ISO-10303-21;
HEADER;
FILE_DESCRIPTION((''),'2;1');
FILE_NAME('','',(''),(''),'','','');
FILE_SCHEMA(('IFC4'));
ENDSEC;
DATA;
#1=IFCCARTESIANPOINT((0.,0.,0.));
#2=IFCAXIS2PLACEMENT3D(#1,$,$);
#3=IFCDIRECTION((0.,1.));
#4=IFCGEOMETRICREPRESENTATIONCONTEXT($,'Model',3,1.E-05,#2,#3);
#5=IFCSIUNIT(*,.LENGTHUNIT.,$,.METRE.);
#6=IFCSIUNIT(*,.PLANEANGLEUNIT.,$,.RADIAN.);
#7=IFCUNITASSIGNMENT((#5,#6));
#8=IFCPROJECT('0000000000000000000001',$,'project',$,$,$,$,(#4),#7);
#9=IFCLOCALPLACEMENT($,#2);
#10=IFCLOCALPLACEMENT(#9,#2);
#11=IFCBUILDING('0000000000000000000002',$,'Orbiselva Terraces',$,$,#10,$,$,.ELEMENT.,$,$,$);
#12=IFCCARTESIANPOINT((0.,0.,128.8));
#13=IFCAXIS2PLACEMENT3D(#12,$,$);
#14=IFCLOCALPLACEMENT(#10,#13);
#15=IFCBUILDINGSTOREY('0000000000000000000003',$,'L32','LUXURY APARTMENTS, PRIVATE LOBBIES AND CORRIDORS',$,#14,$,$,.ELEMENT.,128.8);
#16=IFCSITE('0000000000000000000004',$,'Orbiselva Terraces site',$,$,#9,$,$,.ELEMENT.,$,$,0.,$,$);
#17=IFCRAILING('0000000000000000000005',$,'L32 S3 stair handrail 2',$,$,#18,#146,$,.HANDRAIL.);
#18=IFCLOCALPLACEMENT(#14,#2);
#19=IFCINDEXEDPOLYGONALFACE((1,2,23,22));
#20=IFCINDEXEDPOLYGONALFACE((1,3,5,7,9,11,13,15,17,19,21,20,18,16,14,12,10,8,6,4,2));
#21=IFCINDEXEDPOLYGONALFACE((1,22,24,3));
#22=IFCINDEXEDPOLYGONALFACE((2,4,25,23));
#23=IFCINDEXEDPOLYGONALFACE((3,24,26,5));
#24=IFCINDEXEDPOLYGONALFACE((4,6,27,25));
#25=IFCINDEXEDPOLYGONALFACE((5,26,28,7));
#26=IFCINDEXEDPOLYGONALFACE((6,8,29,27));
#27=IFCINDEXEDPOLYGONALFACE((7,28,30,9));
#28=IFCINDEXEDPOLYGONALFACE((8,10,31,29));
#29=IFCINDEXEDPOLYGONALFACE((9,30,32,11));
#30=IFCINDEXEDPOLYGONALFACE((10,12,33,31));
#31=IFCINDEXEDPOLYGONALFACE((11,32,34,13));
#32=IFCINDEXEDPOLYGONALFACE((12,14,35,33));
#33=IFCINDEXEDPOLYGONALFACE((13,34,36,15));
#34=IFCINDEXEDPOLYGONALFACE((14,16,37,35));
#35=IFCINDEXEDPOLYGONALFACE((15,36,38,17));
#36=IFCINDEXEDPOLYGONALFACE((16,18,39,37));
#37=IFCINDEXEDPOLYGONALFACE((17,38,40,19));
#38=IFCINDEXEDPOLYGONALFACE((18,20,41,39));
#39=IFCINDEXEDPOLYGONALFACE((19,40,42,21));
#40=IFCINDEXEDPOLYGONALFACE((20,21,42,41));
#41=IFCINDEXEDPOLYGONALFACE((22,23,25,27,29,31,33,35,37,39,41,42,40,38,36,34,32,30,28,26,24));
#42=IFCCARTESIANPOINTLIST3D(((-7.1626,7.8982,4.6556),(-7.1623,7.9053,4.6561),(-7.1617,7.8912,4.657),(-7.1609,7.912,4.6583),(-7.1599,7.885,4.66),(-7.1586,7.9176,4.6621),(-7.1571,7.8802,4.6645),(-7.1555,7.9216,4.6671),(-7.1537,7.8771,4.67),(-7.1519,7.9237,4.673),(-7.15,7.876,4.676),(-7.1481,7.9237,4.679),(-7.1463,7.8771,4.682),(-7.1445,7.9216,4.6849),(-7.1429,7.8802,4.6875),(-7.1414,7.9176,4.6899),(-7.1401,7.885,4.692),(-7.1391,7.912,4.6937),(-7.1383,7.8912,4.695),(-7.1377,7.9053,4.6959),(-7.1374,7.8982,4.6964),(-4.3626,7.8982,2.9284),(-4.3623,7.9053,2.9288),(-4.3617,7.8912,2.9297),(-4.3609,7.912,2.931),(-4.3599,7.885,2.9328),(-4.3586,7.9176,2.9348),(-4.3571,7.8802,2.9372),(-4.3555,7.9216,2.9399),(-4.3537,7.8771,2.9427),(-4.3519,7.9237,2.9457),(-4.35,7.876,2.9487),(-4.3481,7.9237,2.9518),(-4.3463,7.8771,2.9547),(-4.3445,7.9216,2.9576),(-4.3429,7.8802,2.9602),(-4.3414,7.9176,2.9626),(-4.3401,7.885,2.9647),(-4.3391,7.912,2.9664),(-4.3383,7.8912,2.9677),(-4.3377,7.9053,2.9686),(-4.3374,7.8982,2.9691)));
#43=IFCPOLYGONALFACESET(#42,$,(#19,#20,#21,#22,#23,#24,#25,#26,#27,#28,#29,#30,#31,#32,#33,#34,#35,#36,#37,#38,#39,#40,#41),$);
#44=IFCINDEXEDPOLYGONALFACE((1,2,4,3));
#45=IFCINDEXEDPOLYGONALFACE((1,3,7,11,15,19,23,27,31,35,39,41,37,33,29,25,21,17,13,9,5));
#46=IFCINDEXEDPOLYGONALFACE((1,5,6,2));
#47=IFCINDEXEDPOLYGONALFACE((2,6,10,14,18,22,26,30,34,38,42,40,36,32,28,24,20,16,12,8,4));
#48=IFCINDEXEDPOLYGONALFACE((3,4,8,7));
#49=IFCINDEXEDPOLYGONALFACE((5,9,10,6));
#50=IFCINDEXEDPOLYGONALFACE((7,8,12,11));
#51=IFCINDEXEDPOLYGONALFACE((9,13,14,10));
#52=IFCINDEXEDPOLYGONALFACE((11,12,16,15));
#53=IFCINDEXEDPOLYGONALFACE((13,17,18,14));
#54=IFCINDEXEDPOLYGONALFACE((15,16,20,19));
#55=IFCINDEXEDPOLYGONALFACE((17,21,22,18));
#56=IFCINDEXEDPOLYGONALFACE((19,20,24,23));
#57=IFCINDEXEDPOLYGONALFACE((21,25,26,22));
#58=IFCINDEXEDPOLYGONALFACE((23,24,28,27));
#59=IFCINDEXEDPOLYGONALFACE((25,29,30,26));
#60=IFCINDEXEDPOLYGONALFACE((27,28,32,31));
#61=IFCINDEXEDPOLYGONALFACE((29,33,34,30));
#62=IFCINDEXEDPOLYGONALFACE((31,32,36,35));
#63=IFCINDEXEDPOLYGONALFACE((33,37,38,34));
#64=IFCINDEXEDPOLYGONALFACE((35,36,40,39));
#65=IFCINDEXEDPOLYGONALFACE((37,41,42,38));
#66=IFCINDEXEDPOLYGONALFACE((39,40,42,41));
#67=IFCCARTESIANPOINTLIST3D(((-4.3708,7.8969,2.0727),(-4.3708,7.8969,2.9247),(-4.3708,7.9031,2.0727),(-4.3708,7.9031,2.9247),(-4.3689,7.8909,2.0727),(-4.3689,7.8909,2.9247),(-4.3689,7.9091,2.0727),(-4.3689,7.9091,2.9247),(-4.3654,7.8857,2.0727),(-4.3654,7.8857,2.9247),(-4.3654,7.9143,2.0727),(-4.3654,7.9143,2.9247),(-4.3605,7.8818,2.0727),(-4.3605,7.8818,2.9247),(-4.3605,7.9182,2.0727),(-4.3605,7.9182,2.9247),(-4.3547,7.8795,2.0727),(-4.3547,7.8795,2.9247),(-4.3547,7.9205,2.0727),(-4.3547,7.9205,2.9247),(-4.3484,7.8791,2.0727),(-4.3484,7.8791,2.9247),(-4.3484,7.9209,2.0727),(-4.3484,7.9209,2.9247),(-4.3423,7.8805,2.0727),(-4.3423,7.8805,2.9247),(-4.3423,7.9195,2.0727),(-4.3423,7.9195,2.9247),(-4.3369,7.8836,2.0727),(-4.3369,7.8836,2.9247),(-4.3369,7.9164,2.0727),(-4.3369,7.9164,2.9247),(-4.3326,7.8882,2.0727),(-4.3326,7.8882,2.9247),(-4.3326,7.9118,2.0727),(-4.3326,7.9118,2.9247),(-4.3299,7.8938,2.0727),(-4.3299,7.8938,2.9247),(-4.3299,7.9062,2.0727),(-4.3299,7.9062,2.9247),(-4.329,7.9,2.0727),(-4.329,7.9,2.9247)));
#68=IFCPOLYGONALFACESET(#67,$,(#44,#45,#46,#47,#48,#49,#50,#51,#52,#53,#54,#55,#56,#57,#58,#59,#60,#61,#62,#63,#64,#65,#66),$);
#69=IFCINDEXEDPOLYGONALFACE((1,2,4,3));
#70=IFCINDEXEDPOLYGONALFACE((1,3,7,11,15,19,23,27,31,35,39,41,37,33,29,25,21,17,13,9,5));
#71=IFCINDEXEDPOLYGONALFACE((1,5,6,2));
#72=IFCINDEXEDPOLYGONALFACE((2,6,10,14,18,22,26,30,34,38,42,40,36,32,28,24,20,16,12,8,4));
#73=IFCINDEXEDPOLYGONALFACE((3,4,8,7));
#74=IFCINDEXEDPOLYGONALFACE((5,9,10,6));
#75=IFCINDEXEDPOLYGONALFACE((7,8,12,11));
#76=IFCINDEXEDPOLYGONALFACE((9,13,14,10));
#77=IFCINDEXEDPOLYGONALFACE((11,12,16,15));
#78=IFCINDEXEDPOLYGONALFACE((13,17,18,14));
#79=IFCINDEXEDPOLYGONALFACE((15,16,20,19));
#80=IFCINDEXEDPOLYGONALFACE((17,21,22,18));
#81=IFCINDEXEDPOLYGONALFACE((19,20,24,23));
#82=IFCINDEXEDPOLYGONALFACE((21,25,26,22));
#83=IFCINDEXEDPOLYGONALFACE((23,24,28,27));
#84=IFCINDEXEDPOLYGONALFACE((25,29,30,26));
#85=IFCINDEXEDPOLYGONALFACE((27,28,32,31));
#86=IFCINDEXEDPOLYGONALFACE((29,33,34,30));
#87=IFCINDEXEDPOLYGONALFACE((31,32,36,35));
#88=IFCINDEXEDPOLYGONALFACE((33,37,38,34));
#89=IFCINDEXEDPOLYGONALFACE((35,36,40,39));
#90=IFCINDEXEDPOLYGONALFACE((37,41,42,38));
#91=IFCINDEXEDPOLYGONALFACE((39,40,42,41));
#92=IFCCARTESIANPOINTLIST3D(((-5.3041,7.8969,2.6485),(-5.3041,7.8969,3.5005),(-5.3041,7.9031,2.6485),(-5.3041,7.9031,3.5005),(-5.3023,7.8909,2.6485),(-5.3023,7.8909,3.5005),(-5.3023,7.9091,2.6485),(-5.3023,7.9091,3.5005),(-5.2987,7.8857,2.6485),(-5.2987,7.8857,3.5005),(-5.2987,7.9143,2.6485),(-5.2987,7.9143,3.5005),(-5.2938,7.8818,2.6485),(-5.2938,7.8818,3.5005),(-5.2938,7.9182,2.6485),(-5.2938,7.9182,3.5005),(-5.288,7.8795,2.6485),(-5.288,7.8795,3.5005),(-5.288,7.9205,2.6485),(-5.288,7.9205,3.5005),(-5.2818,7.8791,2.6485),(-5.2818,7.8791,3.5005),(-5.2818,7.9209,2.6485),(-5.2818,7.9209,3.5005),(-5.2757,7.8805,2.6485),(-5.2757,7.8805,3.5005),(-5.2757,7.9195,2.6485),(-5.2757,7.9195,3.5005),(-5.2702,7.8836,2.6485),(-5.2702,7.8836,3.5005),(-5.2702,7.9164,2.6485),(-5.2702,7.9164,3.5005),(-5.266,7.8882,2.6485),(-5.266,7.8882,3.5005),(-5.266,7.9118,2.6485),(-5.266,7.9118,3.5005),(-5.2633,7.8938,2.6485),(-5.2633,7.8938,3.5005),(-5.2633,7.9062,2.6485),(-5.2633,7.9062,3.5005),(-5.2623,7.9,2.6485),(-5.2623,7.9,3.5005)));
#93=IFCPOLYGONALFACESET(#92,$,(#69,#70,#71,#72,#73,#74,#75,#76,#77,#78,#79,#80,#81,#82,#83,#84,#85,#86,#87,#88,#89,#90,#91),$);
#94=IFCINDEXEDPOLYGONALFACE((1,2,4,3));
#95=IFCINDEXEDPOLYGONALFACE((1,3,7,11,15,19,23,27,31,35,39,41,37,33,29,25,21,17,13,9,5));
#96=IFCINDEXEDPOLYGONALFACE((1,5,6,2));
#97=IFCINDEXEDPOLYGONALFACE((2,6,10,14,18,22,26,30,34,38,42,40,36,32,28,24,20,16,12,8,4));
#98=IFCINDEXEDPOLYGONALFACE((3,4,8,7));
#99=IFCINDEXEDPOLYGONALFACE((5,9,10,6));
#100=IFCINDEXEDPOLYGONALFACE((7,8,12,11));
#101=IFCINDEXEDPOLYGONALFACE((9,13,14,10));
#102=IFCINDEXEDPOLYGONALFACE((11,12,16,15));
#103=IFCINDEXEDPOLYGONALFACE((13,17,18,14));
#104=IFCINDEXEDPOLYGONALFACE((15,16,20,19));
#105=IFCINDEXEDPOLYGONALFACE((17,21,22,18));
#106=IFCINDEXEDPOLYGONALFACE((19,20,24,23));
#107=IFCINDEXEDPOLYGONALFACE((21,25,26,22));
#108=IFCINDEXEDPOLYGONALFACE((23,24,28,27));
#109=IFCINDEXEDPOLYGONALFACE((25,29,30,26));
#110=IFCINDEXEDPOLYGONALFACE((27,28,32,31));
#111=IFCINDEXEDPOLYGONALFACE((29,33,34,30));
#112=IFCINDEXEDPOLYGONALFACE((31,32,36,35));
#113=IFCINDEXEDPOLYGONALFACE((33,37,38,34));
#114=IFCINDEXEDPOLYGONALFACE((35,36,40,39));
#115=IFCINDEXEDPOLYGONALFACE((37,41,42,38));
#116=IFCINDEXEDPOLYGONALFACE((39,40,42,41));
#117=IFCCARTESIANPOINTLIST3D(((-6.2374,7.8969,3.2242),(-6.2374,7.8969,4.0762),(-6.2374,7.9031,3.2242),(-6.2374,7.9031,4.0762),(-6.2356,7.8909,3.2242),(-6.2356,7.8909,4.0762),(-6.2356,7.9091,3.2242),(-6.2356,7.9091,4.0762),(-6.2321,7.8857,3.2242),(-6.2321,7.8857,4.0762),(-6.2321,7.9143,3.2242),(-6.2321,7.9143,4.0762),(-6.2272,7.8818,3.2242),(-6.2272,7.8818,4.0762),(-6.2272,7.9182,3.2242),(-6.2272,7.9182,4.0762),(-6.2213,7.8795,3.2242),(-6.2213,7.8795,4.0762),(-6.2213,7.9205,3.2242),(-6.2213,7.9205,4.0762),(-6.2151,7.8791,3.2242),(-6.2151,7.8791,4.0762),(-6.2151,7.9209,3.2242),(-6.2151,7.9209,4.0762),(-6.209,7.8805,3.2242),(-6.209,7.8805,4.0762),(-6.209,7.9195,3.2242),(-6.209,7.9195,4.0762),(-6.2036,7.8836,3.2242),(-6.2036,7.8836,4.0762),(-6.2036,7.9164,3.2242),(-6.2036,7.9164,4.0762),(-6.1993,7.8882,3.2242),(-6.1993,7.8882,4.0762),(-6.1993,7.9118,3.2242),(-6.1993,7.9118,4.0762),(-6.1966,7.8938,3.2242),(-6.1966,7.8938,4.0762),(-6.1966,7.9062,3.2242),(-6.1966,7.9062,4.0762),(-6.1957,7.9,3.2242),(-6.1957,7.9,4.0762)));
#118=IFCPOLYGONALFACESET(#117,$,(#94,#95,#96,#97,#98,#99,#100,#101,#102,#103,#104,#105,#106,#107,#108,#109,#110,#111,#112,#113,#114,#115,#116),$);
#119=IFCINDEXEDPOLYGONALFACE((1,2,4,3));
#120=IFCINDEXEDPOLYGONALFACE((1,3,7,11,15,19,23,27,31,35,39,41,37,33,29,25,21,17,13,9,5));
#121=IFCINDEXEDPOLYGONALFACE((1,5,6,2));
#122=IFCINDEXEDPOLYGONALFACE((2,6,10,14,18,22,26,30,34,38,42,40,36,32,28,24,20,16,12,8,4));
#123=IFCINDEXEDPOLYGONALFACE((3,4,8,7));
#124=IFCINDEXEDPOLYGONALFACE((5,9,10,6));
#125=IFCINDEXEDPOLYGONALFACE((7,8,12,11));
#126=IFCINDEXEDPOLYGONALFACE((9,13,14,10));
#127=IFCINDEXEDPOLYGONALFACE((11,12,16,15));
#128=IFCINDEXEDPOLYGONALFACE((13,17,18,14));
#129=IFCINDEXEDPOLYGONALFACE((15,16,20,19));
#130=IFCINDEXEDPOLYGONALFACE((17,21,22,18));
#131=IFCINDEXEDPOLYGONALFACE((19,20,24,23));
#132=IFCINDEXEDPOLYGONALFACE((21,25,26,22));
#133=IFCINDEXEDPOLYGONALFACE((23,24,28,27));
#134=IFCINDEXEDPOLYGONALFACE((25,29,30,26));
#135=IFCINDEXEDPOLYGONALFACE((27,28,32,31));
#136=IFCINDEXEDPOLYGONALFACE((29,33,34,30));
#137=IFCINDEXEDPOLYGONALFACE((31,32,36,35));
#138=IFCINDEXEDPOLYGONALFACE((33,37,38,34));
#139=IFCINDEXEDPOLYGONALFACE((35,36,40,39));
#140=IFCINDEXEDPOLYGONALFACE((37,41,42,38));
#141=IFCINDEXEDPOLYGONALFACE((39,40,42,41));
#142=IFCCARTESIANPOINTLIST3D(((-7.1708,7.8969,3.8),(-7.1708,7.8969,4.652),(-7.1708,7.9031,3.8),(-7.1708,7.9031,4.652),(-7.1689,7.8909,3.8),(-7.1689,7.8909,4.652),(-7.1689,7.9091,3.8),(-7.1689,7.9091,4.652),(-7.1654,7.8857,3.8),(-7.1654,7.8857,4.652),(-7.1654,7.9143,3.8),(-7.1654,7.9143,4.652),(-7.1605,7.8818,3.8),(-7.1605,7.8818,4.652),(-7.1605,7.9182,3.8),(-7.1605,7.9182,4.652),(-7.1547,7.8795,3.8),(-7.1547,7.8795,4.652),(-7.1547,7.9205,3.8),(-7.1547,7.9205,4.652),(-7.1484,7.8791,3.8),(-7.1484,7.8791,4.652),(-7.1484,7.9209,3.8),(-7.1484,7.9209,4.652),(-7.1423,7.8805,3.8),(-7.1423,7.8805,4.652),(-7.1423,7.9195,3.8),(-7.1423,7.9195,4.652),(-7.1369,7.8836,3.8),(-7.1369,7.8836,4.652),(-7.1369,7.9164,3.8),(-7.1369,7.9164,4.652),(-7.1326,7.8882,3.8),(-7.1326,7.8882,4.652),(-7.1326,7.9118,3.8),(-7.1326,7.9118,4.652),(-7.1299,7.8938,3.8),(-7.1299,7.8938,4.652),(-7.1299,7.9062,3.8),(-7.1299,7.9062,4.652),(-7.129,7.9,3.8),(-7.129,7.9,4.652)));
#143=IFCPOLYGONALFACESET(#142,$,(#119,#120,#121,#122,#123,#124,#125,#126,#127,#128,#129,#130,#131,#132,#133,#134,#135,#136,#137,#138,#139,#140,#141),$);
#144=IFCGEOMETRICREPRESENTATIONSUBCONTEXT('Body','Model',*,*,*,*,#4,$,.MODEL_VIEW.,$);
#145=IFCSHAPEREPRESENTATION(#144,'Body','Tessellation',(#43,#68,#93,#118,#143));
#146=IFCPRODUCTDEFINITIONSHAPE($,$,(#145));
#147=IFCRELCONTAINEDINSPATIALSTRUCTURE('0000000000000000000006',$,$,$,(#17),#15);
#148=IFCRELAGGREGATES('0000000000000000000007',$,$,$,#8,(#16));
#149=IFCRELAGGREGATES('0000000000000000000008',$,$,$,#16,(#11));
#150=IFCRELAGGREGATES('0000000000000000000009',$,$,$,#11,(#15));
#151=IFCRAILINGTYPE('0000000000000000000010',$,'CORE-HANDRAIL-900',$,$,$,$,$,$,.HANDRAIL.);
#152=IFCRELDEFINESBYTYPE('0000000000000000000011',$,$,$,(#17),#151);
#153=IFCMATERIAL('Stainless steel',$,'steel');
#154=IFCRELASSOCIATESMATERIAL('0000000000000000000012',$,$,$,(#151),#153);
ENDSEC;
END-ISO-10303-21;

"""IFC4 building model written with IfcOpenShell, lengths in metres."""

from ifc_helpers import new_model, si_unit, direction, frame, origin, origin_2d, place, context, subcontext, project, spatial, circle, extrude, material, type_object, element, save


model = new_model("IFC4")

# Units and contexts
model_context = context("Model", 3, precision=1e-05, world=origin(), true_north=direction((0.0, 1.0)))
body_context = subcontext(model_context, "Body", "Model", "MODEL_VIEW")
ifc_project = project(units=[si_unit("LENGTHUNIT", "METRE"), si_unit("PLANEANGLEUNIT", "RADIAN")], contexts=[model_context])

# Site, building, storey
site_placement = place(None, origin())
site = spatial("IfcSite", under=ifc_project, at=site_placement, Name="Orbiselva Terraces site", CompositionType="ELEMENT", RefElevation=0.0)
building_placement = place(site_placement, origin())
building = spatial("IfcBuilding", under=site, at=building_placement, Name="Orbiselva Terraces", CompositionType="ELEMENT")
storey_placement = place(building_placement, frame((0.0, 0.0, 128.8)))
storey = spatial("IfcBuildingStorey", under=building, at=storey_placement, Name="L32", Description="LUXURY APARTMENTS, PRIVATE LOBBIES AND CORRIDORS", CompositionType="ELEMENT", Elevation=128.8)

# Railing
ifc_material_1 = material(Name="Stainless steel", Category="steel")
railing_type_1 = type_object("IfcRailingType", Name="CORE-HANDRAIL-900", PredefinedType="HANDRAIL", material=ifc_material_1)
railing_1_placement = place(storey_placement, frame((-4.35, 7.9, 2.0727)))
element("IfcRailing", 1, at=railing_1_placement, inside=storey, type_object=railing_type_1, Name="L32 S3 stair handrail 2", PredefinedType="HANDRAIL", context=body_context, shape_type="SweptSolid", body=[
    extrude(circle(Radius=0.024, at=origin_2d()), frame((0.0, 0.0, 0.876), z_axis=(-0.851089, 0.0, 0.525022), x_axis=(0.0, -1.0, 0.0)), (0.0, 0.0, 1.0), 3.2899),
    extrude(circle(Radius=0.021, at=origin_2d()), origin(), (0.0, 0.0, 1.0), 0.852),
    extrude(circle(Radius=0.021, at=origin_2d()), frame((-0.9333, 0.0, 0.5758)), (0.0, 0.0, 1.0), 0.852),
    extrude(circle(Radius=0.021, at=origin_2d()), frame((-1.8667, 0.0, 1.1515)), (0.0, 0.0, 1.0), 0.852),
    extrude(circle(Radius=0.021, at=origin_2d()), frame((-2.8, 0.0, 1.7273)), (0.0, 0.0, 1.0), 0.852),
])

save(model, "model.ifc")
